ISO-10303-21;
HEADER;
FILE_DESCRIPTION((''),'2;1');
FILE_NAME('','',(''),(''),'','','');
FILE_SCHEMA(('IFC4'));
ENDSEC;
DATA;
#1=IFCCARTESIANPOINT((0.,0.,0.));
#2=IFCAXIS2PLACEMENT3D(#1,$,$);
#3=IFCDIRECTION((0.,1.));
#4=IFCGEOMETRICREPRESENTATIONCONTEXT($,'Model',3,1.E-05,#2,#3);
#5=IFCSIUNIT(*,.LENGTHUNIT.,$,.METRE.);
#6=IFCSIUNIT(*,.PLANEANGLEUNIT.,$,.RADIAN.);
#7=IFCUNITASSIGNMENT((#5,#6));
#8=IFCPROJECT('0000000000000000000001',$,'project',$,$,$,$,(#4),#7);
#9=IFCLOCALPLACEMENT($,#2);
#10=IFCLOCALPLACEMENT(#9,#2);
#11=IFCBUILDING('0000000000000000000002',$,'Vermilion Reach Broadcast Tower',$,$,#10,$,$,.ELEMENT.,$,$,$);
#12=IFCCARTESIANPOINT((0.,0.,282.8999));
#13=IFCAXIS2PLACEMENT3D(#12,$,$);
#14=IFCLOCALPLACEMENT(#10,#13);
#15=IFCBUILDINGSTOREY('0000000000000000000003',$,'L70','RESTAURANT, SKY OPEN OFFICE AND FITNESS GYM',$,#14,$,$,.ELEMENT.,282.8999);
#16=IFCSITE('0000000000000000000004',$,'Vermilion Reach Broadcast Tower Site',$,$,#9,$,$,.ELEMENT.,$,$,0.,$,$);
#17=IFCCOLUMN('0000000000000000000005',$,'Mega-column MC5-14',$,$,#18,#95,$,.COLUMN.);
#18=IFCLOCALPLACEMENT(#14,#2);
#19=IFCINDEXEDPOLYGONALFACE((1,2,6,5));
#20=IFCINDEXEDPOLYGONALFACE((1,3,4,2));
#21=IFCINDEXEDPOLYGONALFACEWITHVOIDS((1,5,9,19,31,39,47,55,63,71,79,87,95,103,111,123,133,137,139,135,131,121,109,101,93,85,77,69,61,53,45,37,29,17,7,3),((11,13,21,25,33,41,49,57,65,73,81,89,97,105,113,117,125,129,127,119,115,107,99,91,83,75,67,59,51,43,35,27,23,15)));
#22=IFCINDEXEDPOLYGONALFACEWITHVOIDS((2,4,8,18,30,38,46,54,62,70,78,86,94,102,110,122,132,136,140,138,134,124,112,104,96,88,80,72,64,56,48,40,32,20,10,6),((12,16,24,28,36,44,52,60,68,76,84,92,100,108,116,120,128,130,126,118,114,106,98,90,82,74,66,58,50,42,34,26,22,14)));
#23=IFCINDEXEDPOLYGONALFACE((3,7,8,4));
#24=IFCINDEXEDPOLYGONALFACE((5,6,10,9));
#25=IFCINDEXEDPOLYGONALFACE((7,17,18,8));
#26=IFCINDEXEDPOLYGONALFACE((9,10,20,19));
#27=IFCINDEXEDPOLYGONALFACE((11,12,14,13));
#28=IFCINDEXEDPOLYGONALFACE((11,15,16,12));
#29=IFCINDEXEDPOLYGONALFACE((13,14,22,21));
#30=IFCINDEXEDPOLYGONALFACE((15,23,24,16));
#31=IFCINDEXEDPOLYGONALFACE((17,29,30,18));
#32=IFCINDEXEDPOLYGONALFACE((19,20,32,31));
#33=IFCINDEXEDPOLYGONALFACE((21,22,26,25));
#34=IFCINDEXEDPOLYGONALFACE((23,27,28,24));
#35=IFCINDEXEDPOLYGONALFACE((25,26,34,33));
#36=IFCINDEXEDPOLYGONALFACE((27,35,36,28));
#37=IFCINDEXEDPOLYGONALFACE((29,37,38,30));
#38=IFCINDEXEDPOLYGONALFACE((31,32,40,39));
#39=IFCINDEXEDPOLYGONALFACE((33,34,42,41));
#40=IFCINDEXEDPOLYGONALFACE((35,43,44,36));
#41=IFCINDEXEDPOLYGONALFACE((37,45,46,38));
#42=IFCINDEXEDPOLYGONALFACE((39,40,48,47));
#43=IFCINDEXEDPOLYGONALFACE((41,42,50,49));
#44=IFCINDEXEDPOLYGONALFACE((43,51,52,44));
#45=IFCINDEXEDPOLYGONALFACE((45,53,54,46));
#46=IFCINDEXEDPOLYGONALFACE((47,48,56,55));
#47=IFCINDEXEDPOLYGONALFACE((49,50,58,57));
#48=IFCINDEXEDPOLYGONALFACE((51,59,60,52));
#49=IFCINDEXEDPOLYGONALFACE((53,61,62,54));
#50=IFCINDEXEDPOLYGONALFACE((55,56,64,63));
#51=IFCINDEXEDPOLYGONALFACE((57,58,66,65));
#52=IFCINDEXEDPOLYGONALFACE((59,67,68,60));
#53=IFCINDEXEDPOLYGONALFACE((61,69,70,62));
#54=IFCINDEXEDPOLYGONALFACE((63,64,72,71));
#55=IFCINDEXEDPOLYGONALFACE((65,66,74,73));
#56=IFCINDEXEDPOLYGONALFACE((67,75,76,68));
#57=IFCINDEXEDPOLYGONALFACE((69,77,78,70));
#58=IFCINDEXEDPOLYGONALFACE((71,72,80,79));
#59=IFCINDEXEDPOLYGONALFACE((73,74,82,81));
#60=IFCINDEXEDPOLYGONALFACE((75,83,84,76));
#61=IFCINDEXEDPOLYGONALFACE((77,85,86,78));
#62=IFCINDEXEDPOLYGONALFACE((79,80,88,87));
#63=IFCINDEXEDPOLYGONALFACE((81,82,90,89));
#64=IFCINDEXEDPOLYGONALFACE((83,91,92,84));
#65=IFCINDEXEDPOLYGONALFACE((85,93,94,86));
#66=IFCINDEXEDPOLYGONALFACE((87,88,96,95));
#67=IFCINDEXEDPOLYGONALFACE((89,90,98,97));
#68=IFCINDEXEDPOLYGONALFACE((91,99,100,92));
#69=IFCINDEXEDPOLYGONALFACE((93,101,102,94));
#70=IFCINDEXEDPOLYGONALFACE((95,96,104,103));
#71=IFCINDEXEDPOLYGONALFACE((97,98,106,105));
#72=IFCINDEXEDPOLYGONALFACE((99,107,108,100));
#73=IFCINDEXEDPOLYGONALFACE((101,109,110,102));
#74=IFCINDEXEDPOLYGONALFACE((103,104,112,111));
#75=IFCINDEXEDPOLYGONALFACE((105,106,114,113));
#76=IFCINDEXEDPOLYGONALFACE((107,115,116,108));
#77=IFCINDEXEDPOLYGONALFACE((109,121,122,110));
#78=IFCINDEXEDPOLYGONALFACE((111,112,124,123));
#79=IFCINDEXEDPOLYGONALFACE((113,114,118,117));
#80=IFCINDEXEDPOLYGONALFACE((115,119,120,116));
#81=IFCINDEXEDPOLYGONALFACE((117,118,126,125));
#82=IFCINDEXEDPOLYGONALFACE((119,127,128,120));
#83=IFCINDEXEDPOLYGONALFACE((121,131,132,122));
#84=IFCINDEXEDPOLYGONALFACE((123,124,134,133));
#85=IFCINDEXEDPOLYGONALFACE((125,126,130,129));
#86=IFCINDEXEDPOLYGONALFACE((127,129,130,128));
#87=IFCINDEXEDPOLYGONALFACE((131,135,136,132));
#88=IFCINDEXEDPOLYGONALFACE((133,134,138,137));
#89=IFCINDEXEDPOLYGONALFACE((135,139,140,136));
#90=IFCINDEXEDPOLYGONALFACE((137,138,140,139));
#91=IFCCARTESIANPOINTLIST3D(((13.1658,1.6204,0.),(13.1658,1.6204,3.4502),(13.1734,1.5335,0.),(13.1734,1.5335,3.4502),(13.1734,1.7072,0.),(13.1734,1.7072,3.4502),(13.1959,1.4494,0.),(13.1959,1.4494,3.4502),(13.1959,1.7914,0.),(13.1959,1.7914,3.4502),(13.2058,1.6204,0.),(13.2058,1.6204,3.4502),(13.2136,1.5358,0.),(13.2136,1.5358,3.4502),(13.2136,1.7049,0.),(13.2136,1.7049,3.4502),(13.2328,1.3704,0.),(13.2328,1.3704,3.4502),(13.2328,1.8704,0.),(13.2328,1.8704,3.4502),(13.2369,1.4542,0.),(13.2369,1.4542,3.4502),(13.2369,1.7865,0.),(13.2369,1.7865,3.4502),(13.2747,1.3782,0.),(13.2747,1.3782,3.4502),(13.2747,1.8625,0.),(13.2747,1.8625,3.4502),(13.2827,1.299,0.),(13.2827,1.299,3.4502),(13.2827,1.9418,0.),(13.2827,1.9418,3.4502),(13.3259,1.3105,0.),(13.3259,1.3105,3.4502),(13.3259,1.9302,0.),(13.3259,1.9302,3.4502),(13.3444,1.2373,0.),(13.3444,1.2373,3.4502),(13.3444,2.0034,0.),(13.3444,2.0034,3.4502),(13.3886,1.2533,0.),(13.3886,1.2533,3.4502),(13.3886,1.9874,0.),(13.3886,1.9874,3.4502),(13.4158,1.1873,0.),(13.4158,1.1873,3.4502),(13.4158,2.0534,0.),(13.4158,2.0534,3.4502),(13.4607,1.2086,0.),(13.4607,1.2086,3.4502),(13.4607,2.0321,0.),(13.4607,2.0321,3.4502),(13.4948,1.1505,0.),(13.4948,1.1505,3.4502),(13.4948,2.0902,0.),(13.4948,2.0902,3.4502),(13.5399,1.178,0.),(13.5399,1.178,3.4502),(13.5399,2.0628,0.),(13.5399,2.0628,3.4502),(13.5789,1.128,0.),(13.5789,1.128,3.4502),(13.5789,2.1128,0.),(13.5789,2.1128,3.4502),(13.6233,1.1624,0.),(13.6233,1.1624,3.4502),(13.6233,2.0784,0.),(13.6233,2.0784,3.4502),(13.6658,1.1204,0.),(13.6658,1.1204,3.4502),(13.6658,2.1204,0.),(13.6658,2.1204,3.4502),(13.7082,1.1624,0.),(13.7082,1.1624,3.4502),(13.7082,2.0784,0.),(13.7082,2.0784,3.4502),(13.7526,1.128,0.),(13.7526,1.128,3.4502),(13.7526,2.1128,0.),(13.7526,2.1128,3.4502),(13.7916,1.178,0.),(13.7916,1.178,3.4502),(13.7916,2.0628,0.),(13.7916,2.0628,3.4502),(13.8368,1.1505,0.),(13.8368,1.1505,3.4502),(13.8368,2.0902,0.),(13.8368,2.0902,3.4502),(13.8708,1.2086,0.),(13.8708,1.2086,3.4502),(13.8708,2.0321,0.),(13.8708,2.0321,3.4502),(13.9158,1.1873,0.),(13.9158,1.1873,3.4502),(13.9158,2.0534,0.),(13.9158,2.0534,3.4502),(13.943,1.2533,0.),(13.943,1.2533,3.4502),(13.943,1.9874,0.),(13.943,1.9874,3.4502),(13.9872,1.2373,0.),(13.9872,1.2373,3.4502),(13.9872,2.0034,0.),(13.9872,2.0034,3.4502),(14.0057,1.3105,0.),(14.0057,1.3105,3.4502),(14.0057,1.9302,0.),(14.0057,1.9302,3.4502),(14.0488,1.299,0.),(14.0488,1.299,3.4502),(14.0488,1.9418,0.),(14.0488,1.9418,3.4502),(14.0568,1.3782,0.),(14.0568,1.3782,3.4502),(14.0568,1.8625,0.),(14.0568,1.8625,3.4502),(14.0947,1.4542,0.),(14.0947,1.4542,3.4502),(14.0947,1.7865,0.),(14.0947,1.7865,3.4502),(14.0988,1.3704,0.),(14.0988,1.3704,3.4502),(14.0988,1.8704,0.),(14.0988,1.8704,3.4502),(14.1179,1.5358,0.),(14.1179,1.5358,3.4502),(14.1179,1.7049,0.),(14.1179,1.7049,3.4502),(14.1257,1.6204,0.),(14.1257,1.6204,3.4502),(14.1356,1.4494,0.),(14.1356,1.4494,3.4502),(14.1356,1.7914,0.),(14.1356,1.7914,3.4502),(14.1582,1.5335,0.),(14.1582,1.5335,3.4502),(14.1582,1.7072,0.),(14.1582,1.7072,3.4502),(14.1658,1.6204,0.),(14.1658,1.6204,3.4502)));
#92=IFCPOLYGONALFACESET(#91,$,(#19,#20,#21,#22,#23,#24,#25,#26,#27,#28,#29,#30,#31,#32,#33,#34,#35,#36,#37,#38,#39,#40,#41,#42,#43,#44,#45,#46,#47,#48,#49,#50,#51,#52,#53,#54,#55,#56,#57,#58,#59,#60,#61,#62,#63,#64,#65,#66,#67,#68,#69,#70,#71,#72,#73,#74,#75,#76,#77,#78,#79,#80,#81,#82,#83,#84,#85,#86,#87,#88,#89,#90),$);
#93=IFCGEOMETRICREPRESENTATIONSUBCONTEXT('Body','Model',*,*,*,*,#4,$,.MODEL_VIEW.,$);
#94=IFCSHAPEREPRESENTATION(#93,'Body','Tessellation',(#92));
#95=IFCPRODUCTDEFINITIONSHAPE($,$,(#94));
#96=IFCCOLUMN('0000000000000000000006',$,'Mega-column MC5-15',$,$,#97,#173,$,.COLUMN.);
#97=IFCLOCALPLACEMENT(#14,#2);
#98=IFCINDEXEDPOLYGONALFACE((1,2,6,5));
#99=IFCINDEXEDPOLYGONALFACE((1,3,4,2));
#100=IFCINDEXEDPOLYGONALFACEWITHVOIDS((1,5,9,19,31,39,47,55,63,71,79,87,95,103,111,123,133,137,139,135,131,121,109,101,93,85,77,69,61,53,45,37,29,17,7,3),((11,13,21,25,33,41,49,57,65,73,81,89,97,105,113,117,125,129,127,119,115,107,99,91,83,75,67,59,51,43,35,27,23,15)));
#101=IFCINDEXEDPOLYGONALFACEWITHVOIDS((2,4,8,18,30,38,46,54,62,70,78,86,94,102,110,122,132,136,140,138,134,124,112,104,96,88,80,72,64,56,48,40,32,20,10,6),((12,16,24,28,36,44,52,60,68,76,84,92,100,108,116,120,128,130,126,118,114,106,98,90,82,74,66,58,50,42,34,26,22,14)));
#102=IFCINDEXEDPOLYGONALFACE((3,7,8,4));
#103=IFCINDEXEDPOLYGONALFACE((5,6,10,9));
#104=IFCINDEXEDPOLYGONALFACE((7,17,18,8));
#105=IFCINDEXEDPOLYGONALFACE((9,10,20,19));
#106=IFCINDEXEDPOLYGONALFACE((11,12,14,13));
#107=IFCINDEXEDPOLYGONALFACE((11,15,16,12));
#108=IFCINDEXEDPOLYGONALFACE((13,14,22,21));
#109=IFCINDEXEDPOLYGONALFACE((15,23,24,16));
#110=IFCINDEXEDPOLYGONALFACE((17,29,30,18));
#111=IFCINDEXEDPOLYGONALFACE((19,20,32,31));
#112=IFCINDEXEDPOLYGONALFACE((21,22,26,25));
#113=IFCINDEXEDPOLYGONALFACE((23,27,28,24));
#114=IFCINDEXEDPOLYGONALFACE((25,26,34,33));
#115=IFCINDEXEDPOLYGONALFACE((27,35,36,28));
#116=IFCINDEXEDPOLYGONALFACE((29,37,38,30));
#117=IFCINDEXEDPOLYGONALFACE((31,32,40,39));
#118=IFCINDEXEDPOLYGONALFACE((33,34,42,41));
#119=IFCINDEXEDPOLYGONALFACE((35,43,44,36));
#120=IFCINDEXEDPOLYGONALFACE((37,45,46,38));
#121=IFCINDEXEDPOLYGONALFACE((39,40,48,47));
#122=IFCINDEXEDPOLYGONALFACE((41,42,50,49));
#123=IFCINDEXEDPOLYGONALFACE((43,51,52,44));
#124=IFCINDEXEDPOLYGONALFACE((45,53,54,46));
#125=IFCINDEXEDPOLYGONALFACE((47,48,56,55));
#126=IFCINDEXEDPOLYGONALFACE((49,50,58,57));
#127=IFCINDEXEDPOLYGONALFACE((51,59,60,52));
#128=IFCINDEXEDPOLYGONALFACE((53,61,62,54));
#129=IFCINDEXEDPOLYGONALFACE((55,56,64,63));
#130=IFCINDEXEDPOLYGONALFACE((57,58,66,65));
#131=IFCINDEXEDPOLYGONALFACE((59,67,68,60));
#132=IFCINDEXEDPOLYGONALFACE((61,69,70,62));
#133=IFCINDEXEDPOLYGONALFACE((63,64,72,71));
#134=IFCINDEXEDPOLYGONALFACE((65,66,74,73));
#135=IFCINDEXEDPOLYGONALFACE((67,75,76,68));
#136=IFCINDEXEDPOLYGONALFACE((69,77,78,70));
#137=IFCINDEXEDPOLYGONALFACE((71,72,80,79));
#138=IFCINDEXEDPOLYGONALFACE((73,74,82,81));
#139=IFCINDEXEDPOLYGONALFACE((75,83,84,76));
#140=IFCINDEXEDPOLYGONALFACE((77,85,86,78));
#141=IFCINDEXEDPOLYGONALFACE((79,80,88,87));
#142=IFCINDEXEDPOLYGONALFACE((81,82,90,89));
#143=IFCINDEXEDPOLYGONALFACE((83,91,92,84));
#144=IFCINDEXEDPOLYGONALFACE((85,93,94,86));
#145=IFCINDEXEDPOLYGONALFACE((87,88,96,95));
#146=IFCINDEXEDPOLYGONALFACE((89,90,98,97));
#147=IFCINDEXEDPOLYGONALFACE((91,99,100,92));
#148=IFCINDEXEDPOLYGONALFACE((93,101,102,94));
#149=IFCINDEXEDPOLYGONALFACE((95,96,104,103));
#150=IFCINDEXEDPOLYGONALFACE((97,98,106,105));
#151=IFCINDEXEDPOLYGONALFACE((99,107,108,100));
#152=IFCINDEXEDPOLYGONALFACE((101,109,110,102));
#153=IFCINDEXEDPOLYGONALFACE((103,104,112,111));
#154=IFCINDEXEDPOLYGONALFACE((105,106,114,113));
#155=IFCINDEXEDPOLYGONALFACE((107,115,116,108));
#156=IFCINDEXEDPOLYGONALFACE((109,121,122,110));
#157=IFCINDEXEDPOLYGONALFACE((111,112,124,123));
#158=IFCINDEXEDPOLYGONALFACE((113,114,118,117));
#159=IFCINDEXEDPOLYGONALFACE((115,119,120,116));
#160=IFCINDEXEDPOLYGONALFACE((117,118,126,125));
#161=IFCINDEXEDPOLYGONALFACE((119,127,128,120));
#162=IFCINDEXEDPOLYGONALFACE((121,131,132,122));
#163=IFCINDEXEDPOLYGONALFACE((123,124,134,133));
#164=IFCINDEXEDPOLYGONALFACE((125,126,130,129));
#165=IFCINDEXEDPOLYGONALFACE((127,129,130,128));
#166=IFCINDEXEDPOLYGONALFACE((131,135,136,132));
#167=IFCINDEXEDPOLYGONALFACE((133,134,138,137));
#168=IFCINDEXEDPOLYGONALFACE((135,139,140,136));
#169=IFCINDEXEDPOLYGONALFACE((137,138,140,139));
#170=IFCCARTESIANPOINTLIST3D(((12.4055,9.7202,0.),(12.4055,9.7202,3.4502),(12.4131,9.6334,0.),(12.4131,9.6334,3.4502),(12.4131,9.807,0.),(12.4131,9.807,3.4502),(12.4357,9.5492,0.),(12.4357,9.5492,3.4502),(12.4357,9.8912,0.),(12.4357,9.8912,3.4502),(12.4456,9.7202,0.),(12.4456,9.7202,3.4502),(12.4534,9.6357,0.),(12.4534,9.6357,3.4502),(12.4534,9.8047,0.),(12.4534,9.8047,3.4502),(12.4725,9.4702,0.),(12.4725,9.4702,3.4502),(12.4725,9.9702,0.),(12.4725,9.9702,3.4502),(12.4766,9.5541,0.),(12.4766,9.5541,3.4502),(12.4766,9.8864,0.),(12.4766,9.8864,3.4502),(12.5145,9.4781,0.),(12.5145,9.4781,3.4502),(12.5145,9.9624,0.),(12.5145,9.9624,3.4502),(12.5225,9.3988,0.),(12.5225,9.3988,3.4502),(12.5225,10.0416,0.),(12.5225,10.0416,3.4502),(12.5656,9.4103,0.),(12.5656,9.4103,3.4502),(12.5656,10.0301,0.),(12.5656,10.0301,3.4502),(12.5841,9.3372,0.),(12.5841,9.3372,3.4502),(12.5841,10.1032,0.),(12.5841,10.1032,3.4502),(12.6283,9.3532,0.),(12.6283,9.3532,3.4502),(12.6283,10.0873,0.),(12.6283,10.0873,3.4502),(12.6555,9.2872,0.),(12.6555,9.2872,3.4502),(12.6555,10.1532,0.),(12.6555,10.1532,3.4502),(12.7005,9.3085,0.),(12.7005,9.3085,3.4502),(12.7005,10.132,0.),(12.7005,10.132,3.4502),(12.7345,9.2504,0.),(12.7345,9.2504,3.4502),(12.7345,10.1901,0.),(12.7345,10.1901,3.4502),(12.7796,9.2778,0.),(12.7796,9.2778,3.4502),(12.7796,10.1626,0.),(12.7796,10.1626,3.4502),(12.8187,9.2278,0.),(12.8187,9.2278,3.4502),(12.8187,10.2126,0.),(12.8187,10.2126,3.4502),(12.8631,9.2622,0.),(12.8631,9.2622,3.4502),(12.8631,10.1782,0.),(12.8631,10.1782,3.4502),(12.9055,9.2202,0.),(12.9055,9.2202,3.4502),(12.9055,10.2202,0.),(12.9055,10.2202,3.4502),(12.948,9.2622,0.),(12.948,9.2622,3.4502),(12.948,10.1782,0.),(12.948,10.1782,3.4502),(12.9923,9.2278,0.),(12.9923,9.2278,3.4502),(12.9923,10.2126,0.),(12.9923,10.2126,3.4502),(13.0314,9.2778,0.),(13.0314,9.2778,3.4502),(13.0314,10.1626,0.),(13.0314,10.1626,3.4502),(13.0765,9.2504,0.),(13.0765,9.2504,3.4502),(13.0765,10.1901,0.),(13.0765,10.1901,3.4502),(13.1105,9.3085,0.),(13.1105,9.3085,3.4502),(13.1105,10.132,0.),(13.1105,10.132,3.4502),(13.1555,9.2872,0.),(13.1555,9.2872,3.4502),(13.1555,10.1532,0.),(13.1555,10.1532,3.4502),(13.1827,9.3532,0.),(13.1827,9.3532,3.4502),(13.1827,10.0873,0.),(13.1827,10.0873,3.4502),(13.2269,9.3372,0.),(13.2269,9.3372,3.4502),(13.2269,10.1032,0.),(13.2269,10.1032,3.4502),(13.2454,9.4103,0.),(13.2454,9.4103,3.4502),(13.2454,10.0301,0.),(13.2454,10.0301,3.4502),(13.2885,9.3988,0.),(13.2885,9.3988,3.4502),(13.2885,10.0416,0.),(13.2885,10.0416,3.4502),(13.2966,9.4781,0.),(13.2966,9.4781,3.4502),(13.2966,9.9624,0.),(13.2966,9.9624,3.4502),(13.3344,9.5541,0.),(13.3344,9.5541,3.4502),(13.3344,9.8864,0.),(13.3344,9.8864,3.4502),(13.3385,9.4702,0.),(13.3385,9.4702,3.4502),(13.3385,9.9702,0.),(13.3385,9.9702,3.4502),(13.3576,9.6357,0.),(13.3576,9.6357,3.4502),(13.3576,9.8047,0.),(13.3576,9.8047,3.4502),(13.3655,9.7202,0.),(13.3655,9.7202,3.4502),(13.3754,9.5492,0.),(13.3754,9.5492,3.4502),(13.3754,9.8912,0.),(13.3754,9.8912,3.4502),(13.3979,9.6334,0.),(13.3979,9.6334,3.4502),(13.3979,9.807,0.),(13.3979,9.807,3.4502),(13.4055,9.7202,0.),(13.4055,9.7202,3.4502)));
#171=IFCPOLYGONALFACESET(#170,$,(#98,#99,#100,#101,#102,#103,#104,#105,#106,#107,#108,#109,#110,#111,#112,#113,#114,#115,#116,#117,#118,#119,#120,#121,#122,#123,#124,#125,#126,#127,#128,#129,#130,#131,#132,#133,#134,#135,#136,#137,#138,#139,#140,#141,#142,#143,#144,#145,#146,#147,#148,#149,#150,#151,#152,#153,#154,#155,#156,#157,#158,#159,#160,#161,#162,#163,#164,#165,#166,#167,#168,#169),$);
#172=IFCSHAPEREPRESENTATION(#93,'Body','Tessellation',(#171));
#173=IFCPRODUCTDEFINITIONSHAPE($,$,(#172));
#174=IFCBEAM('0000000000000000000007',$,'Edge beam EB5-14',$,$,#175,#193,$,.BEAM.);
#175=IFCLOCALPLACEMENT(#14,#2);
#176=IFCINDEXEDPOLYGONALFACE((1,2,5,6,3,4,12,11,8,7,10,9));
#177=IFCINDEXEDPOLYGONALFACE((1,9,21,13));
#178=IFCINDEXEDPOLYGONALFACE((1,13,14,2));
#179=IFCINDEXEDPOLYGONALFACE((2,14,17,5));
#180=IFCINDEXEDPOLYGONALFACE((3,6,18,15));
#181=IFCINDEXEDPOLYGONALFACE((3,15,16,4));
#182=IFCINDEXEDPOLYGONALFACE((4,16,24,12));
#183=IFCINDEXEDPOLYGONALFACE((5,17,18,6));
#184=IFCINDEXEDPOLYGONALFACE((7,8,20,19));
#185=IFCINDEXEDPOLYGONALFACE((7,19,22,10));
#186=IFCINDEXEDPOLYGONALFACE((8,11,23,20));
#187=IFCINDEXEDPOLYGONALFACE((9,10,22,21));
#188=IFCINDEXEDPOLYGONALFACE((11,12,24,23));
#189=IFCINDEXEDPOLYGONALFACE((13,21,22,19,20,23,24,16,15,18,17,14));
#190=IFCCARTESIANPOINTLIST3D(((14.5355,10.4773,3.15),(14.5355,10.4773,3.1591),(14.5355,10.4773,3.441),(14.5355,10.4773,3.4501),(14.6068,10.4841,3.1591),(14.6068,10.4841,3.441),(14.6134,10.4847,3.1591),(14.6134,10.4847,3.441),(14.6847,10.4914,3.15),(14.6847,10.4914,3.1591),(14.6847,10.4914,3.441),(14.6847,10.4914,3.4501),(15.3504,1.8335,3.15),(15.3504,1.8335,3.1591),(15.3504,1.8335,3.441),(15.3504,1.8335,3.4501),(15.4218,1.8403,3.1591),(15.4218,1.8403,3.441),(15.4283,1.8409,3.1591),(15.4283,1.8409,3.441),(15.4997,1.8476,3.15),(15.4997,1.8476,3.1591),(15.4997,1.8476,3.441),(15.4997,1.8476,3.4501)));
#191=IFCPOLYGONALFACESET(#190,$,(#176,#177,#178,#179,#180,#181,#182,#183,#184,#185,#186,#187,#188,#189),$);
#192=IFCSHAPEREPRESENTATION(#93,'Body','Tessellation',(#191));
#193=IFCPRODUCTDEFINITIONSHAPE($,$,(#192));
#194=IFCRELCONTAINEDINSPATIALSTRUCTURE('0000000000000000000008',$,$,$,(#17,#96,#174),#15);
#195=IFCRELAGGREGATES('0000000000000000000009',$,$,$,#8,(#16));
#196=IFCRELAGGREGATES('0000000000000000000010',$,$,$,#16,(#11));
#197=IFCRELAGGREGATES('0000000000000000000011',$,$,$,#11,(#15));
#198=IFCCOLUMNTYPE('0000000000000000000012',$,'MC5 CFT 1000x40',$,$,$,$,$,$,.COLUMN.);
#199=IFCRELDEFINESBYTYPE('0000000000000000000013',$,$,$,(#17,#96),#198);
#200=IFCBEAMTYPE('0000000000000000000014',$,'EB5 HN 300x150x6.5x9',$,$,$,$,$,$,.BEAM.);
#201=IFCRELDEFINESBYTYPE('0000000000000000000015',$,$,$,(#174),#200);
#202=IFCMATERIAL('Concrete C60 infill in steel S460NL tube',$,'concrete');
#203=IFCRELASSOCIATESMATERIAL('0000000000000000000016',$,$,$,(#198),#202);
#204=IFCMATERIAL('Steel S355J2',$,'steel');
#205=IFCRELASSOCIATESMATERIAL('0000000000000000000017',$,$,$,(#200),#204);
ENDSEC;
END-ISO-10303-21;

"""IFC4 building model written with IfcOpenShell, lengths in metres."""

from ifc_helpers import new_model, si_unit, direction, frame, origin, origin_2d, place, context, subcontext, project, spatial, hollow_circle, i_section, extrude, material, material_profile, profile_set, type_object, element, save


model = new_model("IFC4")

# Units and contexts
model_context = context("Model", 3, precision=1e-05, world=origin(), true_north=direction((0.0, 1.0)))
body_context = subcontext(model_context, "Body", "Model", "MODEL_VIEW")
ifc_project = project(units=[si_unit("LENGTHUNIT", "METRE"), si_unit("PLANEANGLEUNIT", "RADIAN")], contexts=[model_context])

# Site, building, storey
site_placement = place(None, origin())
site = spatial("IfcSite", under=ifc_project, at=site_placement, Name="Vermilion Reach Broadcast Tower Site", CompositionType="ELEMENT", RefElevation=0.0)
building_placement = place(site_placement, origin())
building = spatial("IfcBuilding", under=site, at=building_placement, Name="Vermilion Reach Broadcast Tower", CompositionType="ELEMENT")
storey_placement = place(building_placement, frame((0.0, 0.0, 282.8999)))
storey = spatial("IfcBuildingStorey", under=building, at=storey_placement, Name="L70", Description="RESTAURANT, SKY OPEN OFFICE AND FITNESS GYM", CompositionType="ELEMENT", Elevation=282.8999)

# Columns
ifc_material_1 = material(Name="Concrete C60 infill in steel S460NL tube", Category="concrete")
ifc_material_profile_1 = material_profile(ifc_material_1, hollow_circle(Radius=0.5, WallThickness=0.04, at=origin_2d()), Name="Concrete C60 infill in steel S460NL tube CFT 1000x40")
ifc_profile_set_1 = profile_set([ifc_material_profile_1], Name="Concrete C60 infill in steel S460NL tube")
column_type = type_object("IfcColumnType", Name="MC5 CFT 1000x40", PredefinedType="COLUMN", material=ifc_profile_set_1)
for number, where, z_axis, x_axis, name in (
    (1, (13.6658, 1.6204, 0.0), (0.0, 0.0, 1.0), (1.0, 0.0, 0.0), "Mega-column MC5-14"),
    (2, (12.9055, 9.7202, 0.0), (0.0, 0.0, 1.0), (1.0, 0.0, 0.0), "Mega-column MC5-15"),
):
    element("IfcColumn", number, at=place(storey_placement, frame(where, z_axis=z_axis, x_axis=x_axis)), inside=storey, type_object=column_type, Name=name, PredefinedType="COLUMN", context=body_context, shape_type="SweptSolid", body=[
        extrude(hollow_circle(Radius=0.5, WallThickness=0.04, at=origin_2d()), origin(), (0.0, 0.0, 1.0), 3.4502),
    ])

# Beam
ifc_material_2 = material(Name="Steel S355J2", Category="steel")
ifc_material_profile_2 = material_profile(ifc_material_2, i_section(OverallWidth=0.1499, OverallDepth=0.3, WebThickness=0.0066, FlangeThickness=0.009, at=origin_2d()), Name="S355J2 HN 300x150x6.5x9")
ifc_profile_set_2 = profile_set([ifc_material_profile_2], Name="Steel S355J2")
beam_type_1 = type_object("IfcBeamType", Name="EB5 HN 300x150x6.5x9", PredefinedType="BEAM", material=ifc_profile_set_2)
beam_1_placement = place(storey_placement, frame((15.425, 1.8406, 3.3), z_axis=(-0.093864, 0.995585, 0.0), x_axis=(-0.995585, -0.093864, 0.0)))
element("IfcBeam", 3, at=beam_1_placement, inside=storey, type_object=beam_type_1, Name="Edge beam EB5-14", PredefinedType="BEAM", context=body_context, shape_type="SweptSolid", body=[
    extrude(i_section(OverallWidth=0.1499, OverallDepth=0.3, WebThickness=0.0066, FlangeThickness=0.009, at=origin_2d()), origin(), (0.0, 0.0, 1.0), 8.6821),
])

save(model, "model.ifc")
